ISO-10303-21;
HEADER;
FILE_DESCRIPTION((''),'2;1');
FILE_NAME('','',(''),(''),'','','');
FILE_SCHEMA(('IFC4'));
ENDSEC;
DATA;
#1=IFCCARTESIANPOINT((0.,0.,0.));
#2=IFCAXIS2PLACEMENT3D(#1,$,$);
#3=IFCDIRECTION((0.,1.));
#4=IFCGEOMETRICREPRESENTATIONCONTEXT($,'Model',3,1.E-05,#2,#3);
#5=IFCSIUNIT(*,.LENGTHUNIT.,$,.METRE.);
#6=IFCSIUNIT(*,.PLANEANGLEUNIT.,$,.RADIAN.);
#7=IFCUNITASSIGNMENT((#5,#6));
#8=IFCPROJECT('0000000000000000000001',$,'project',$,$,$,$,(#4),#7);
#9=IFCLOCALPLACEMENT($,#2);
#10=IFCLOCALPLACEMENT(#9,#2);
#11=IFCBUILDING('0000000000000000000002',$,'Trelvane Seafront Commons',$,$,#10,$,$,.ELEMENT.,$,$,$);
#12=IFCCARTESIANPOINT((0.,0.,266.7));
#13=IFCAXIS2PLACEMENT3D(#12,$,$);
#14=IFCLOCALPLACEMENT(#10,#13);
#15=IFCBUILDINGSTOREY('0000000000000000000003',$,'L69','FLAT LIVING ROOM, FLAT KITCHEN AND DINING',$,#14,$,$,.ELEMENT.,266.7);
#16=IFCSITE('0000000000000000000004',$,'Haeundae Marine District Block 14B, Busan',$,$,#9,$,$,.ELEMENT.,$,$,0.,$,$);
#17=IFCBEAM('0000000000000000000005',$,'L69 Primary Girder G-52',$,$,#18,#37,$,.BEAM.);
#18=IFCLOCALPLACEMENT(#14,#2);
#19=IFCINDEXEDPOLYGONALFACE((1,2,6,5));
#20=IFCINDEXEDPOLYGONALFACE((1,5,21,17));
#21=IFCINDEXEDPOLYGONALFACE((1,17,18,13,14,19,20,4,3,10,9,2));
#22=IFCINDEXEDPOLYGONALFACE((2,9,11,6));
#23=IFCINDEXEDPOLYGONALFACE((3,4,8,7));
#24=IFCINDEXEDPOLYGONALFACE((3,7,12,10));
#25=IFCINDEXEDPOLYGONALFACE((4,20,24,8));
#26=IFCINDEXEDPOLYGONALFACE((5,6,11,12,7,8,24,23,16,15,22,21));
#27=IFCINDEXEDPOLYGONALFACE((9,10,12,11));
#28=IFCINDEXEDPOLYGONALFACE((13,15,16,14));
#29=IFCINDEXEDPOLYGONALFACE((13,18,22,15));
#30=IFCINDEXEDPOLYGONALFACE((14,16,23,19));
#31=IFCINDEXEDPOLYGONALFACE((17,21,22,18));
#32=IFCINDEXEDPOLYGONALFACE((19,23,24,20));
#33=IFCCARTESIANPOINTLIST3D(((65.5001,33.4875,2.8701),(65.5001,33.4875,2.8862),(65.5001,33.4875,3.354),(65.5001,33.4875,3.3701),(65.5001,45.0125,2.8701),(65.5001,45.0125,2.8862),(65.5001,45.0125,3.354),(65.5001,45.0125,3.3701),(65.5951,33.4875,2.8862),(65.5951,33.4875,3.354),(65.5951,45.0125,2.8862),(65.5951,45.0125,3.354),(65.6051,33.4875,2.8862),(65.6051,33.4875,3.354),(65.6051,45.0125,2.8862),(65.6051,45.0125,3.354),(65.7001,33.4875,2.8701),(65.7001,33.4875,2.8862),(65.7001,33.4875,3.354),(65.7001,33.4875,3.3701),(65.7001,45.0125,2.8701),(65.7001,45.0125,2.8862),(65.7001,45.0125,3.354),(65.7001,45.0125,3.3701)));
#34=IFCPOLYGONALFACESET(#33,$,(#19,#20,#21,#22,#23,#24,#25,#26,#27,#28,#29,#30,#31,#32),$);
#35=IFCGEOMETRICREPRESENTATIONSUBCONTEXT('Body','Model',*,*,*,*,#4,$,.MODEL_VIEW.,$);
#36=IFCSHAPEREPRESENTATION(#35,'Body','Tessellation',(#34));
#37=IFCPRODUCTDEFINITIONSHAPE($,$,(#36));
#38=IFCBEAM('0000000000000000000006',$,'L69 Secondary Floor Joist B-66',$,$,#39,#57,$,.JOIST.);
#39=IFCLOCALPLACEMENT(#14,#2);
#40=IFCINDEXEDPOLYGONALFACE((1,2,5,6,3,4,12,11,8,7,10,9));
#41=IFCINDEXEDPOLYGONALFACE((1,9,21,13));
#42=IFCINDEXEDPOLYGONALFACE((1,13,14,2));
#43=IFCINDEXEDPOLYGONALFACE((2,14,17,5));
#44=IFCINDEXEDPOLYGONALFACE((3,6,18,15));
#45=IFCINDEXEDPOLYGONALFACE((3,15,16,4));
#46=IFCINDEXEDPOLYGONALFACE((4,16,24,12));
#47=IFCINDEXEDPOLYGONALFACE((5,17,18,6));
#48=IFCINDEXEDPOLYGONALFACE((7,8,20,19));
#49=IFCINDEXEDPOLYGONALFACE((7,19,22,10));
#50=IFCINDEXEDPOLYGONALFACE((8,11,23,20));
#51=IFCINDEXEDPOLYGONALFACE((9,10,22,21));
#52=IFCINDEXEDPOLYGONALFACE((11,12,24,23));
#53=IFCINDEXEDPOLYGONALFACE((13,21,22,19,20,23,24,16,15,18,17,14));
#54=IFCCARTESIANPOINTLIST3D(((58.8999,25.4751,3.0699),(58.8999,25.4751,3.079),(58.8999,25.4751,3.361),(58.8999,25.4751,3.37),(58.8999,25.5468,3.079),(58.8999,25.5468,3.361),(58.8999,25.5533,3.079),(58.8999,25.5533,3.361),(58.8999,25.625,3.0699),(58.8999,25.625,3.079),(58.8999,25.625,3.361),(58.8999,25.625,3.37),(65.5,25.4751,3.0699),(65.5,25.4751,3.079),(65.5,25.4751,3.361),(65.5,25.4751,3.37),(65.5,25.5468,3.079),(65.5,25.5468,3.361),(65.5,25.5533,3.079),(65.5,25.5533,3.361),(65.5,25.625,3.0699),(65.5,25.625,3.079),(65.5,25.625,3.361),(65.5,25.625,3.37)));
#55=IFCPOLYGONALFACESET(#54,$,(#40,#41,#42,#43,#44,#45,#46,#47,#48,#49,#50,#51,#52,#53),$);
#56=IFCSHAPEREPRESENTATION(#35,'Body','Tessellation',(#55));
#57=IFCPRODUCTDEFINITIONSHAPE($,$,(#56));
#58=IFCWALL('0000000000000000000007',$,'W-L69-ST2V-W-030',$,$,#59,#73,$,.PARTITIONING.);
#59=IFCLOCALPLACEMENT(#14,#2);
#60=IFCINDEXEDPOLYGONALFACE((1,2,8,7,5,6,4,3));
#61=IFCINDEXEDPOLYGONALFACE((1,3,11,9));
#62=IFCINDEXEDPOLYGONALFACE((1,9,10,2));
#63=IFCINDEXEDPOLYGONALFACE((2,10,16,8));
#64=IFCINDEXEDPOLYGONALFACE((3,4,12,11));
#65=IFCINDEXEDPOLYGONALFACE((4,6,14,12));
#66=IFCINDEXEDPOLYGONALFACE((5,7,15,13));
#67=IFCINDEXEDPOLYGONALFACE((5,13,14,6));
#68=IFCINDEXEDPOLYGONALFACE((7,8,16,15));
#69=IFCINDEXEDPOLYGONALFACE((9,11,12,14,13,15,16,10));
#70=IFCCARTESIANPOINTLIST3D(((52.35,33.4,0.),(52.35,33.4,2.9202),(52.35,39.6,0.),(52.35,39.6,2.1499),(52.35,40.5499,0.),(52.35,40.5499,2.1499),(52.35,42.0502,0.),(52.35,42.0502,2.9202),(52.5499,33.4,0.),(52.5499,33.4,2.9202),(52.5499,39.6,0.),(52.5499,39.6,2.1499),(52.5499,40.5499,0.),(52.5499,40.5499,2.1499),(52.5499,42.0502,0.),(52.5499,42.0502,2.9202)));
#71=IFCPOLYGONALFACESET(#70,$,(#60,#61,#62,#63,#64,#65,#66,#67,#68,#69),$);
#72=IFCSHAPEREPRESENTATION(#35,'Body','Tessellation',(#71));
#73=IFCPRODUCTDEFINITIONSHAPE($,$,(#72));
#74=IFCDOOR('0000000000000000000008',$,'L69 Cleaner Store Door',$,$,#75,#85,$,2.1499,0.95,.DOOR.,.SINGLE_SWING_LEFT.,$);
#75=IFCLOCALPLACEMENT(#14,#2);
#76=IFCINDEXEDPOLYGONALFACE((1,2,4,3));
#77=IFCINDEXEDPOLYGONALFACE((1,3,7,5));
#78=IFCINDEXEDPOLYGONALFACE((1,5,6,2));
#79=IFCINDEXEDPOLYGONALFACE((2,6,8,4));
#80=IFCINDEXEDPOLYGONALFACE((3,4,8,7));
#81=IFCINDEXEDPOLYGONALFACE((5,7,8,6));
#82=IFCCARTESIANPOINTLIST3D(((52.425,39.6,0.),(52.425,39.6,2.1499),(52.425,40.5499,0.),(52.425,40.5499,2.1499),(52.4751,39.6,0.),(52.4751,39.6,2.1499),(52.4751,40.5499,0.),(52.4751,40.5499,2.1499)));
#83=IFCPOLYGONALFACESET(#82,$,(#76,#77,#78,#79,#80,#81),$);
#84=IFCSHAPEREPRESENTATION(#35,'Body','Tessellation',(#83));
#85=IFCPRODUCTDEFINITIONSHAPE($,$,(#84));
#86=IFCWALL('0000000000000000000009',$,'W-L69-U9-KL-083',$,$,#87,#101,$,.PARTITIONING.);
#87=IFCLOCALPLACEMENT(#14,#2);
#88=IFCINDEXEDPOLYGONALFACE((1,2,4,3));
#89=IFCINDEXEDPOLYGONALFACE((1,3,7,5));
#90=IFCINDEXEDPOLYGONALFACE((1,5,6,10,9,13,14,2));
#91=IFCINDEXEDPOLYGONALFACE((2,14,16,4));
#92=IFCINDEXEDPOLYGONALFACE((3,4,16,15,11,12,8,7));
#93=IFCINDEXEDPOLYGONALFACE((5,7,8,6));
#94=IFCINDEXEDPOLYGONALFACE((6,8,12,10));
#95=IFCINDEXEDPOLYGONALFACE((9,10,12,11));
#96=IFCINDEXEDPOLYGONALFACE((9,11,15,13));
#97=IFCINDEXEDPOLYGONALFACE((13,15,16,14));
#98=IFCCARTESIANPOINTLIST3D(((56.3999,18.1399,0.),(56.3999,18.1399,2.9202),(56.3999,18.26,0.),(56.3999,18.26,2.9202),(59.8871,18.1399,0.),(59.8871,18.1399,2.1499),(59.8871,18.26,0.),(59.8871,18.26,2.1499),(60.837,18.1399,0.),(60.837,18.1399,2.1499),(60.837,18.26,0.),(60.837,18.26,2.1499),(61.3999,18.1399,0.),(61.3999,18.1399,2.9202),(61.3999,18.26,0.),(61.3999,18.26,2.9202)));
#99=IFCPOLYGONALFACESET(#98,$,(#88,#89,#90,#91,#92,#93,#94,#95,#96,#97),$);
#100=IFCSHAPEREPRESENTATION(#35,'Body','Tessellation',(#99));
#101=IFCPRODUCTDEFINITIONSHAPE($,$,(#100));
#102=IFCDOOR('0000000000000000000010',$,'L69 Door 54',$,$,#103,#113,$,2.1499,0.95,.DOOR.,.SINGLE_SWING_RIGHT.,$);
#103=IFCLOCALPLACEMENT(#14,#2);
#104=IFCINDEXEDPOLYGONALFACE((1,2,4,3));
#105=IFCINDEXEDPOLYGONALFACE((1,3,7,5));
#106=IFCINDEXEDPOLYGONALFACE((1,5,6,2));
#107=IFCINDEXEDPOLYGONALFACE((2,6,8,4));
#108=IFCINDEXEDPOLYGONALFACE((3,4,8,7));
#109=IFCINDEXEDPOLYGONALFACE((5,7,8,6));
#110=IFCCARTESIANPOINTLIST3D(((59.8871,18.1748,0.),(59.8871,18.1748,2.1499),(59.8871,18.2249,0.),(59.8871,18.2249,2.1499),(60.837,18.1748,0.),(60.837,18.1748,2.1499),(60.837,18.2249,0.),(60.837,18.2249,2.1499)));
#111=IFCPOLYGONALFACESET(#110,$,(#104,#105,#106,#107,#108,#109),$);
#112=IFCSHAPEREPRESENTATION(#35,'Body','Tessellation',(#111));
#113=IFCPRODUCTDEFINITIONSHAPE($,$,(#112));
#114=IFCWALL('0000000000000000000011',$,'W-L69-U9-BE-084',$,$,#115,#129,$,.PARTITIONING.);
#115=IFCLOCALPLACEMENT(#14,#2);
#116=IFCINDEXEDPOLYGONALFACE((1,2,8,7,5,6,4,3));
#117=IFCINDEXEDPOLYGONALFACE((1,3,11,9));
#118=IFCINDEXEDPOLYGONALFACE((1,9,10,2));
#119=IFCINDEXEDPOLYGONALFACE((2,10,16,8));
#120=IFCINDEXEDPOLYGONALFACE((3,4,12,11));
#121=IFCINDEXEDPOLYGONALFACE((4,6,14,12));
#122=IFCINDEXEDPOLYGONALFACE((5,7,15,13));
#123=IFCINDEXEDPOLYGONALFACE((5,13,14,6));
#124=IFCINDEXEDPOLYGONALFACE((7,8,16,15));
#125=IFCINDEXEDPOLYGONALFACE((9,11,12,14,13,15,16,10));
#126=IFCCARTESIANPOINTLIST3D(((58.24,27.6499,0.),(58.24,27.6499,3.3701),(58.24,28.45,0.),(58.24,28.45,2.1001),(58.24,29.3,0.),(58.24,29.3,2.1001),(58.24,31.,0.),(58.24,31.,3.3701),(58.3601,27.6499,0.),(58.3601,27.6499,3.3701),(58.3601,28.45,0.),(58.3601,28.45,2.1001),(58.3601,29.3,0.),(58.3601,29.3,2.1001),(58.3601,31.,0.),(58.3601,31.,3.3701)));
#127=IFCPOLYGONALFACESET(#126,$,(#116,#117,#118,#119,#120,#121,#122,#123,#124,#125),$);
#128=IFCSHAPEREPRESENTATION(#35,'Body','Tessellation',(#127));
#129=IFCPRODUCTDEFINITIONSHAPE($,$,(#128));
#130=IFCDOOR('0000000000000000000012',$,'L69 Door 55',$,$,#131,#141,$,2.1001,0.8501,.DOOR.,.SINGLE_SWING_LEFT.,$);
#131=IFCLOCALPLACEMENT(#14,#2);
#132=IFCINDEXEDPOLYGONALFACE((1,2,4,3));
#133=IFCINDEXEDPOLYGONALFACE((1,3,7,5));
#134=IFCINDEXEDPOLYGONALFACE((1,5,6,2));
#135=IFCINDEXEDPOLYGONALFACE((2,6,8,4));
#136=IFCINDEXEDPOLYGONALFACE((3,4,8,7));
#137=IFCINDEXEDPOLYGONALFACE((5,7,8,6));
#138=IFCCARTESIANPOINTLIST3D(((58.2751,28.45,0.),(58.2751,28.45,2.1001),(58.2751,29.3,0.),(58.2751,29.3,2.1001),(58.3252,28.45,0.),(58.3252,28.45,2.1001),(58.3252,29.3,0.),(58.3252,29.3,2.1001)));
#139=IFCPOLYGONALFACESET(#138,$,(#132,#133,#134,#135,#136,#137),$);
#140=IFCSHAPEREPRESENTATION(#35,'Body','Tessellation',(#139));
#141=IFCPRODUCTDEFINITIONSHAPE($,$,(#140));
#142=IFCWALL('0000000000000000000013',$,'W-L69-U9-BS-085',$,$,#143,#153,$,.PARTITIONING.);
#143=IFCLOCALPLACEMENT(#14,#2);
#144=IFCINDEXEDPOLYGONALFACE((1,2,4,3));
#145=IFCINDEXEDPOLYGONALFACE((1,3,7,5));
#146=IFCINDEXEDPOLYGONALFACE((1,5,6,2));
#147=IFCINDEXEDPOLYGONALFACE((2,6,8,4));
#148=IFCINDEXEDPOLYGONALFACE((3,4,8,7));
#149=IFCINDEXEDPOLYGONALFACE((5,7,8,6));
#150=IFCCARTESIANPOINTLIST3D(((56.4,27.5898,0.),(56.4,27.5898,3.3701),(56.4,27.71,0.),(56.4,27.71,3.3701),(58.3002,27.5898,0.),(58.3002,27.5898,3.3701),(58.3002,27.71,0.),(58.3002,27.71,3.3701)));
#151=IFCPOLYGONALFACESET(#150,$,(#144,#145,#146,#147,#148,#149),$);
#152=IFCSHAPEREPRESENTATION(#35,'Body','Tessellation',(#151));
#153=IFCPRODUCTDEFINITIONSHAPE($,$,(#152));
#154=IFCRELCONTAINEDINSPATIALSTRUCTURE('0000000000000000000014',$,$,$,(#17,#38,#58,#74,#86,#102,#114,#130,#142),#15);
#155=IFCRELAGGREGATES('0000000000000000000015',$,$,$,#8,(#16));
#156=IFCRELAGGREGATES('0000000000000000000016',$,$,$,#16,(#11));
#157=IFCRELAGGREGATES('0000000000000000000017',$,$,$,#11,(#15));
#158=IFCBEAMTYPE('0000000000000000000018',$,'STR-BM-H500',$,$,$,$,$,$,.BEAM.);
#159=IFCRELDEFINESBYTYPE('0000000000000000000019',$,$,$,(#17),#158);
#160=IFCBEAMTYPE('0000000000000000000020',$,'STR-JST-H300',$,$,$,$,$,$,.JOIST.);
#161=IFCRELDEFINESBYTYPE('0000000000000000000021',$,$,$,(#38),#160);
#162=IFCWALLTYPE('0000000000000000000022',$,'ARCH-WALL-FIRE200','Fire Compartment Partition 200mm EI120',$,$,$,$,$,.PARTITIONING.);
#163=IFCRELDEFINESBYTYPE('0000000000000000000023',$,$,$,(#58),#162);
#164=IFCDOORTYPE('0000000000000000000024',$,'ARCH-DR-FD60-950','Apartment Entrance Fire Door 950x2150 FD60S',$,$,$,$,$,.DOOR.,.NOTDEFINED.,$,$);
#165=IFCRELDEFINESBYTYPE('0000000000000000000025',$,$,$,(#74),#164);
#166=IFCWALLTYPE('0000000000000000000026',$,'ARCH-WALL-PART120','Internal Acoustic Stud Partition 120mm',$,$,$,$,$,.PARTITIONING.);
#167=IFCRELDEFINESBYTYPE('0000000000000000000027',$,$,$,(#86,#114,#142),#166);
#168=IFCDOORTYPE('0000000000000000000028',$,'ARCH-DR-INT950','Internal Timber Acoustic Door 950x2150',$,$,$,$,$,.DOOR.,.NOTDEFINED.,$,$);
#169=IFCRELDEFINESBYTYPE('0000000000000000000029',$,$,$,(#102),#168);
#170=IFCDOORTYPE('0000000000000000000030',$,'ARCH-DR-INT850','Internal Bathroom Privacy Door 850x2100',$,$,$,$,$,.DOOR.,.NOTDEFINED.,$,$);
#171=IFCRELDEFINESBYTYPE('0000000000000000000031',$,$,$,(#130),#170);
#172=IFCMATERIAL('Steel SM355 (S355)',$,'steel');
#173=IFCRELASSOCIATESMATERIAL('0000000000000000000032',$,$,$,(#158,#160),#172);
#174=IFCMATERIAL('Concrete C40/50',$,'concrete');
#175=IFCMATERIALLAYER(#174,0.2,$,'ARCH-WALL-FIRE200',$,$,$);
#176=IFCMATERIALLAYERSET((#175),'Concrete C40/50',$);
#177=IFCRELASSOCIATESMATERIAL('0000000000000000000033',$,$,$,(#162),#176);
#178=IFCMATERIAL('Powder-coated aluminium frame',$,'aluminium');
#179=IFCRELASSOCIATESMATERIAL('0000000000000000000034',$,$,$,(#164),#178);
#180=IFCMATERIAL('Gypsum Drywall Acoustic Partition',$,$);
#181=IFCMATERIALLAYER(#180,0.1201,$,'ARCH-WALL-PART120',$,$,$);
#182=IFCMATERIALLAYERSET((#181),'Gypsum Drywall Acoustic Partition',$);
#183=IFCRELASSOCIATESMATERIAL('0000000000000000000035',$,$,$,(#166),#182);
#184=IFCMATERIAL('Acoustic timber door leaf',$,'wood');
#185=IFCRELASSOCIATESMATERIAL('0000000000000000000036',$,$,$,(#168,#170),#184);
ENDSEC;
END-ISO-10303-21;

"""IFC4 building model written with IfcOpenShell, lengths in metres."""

from ifc_helpers import new_model, si_unit, direction, frame, frame_2d, origin, origin_2d, place, context, subcontext, project, spatial, rectangle, i_section, extrude, source, transform, mapped, material, layer, layer_set, material_profile, profile_set, type_object, element, fill, save


model = new_model("IFC4")

# Units and contexts
model_context = context("Model", 3, precision=1e-05, world=origin(), true_north=direction((0.0, 1.0)))
body_context = subcontext(model_context, "Body", "Model", "MODEL_VIEW")
ifc_project = project(units=[si_unit("LENGTHUNIT", "METRE"), si_unit("PLANEANGLEUNIT", "RADIAN")], contexts=[model_context])

# Site, building, storey
site_placement = place(None, origin())
site = spatial("IfcSite", under=ifc_project, at=site_placement, Name="Haeundae Marine District Block 14B, Busan", CompositionType="ELEMENT", RefElevation=0.0)
building_placement = place(site_placement, origin())
building = spatial("IfcBuilding", under=site, at=building_placement, Name="Trelvane Seafront Commons", CompositionType="ELEMENT")
storey_placement = place(building_placement, frame((0.0, 0.0, 266.7)))
storey = spatial("IfcBuildingStorey", under=building, at=storey_placement, Name="L69", Description="FLAT LIVING ROOM, FLAT KITCHEN AND DINING", CompositionType="ELEMENT", Elevation=266.7)

# Shared definitions
ifc_material_1 = material(Name="Steel SM355 (S355)", Category="steel")

# Beams
ifc_material_profile_1 = material_profile(ifc_material_1, i_section(OverallWidth=0.2, OverallDepth=0.5, WebThickness=0.01, FlangeThickness=0.0161, at=origin_2d()), Name="H-500x200x10x16")
ifc_profile_set_1 = profile_set([ifc_material_profile_1], Name="Steel SM355 (S355)")
beam_type_1 = type_object("IfcBeamType", Name="STR-BM-H500", PredefinedType="BEAM", material=ifc_profile_set_1)
shared_shape_1 = source(origin(), body_context, "Body", "SweptSolid", [
    extrude(i_section(OverallWidth=0.2, OverallDepth=0.5, WebThickness=0.01, FlangeThickness=0.0161, at=origin_2d()), origin(), (0.0, 0.0, 1.0), 11.5249),
])
beam_1_placement = place(storey_placement, frame((65.6001, 33.4875, 3.1201), z_axis=(0.0, 1.0, 0.0), x_axis=(-1.0, 0.0, 0.0)))
element("IfcBeam", 1, at=beam_1_placement, inside=storey, type_object=beam_type_1, Name="L69 Primary Girder G-52", PredefinedType="BEAM", context=body_context, shape_type="MappedRepresentation", body=[
    mapped(shared_shape_1, transform((0.0, 0.0, 0.0), x_axis=(1.0, 0.0, 0.0), y_axis=(0.0, 1.0, 0.0), z_axis=(0.0, 0.0, 1.0), scale=1.0)),
])
ifc_material_profile_2 = material_profile(ifc_material_1, i_section(OverallWidth=0.1499, OverallDepth=0.3, WebThickness=0.0066, FlangeThickness=0.009, at=origin_2d()), Name="H-300x150x6.5x9")
ifc_profile_set_2 = profile_set([ifc_material_profile_2], Name="Steel SM355 (S355)")
beam_type_2 = type_object("IfcBeamType", Name="STR-JST-H300", PredefinedType="JOIST", material=ifc_profile_set_2)
shared_shape_2 = source(origin(), body_context, "Body", "SweptSolid", [
    extrude(i_section(OverallWidth=0.1499, OverallDepth=0.3, WebThickness=0.0066, FlangeThickness=0.009, at=origin_2d()), origin(), (0.0, 0.0, 1.0), 6.6001),
])
beam_2_placement = place(storey_placement, frame((58.8999, 25.55, 3.22), z_axis=(1.0, 0.0, 0.0), x_axis=(0.0, 1.0, 0.0)))
element("IfcBeam", 2, at=beam_2_placement, inside=storey, type_object=beam_type_2, Name="L69 Secondary Floor Joist B-66", PredefinedType="JOIST", context=body_context, shape_type="MappedRepresentation", body=[
    mapped(shared_shape_2, transform((0.0, 0.0, 0.0), x_axis=(1.0, 0.0, 0.0), y_axis=(0.0, 1.0, 0.0), z_axis=(0.0, 0.0, 1.0), scale=1.0)),
])

# Walls, openings, doors
ifc_material_2 = material(Name="Concrete C40/50", Category="concrete")
ifc_layer_1 = layer(ifc_material_2, 0.2, Name="ARCH-WALL-FIRE200")
ifc_layer_set_1 = layer_set([ifc_layer_1], Name="Concrete C40/50")
wall_type_1 = type_object("IfcWallType", Name="ARCH-WALL-FIRE200", Description="Fire Compartment Partition 200mm EI120", PredefinedType="PARTITIONING", material=ifc_layer_set_1)
wall_1_placement = place(storey_placement, frame((52.45, 33.3999, 0.0), z_axis=(0.0, 0.0, 1.0), x_axis=(0.0, 1.0, 0.0)))
wall_1 = element("IfcWall", 3, at=wall_1_placement, inside=storey, type_object=wall_type_1, Name="W-L69-ST2V-W-030", PredefinedType="PARTITIONING", context=body_context, shape_type="SweptSolid", body=[
    extrude(rectangle(XDim=8.6501, YDim=0.2, at=frame_2d((4.3252, 0.0))), origin(), (0.0, 0.0, 1.0), 2.9202),
])
opening_1_placement = place(wall_1_placement, frame((6.2, 0.0, 0.0)))
opening_1 = element("IfcOpeningElement", 4, at=opening_1_placement, cuts=wall_1, PredefinedType="OPENING", context=body_context, shape_type="SweptSolid", body=[
    extrude(rectangle(XDim=0.95, YDim=2.1499, at=frame_2d((0.4751, 1.075))), frame((0.0, 0.1099, 0.0), z_axis=(0.0, -1.0, 0.0), x_axis=(1.0, 0.0, 0.0)), (0.0, 0.0, 1.0), 0.22),
])
ifc_material_3 = material(Name="Powder-coated aluminium frame", Category="aluminium")
door_type_1 = type_object("IfcDoorType", Name="ARCH-DR-FD60-950", Description="Apartment Entrance Fire Door 950x2150 FD60S", OperationType="NOTDEFINED", PredefinedType="DOOR", material=ifc_material_3)
shared_shape_3 = source(origin(), body_context, "Body", "SweptSolid", [
    extrude(rectangle(XDim=0.95, YDim=2.1499, at=frame_2d((0.4751, 1.075))), frame((0.0, 0.0249, 0.0), z_axis=(0.0, -1.0, 0.0), x_axis=(1.0, 0.0, 0.0)), (0.0, 0.0, 1.0), 0.05),
])
door_1_placement = place(opening_1_placement, origin())
door_1 = element("IfcDoor", 5, at=door_1_placement, inside=storey, type_object=door_type_1, Name="L69 Cleaner Store Door", OperationType="SINGLE_SWING_LEFT", OverallHeight=2.1499, OverallWidth=0.95, PredefinedType="DOOR", context=body_context, shape_type="MappedRepresentation", body=[
    mapped(shared_shape_3, transform((0.0, 0.0, 0.0), x_axis=(1.0, 0.0, 0.0), y_axis=(0.0, 1.0, 0.0), z_axis=(0.0, 0.0, 1.0), scale=1.0)),
])
fill(opening_1, door_1)
ifc_material_4 = material(Name="Gypsum Drywall Acoustic Partition")
ifc_layer_2 = layer(ifc_material_4, 0.1201, Name="ARCH-WALL-PART120")
ifc_layer_set_2 = layer_set([ifc_layer_2], Name="Gypsum Drywall Acoustic Partition")
wall_type_2 = type_object("IfcWallType", Name="ARCH-WALL-PART120", Description="Internal Acoustic Stud Partition 120mm", PredefinedType="PARTITIONING", material=ifc_layer_set_2)
wall_2_placement = place(storey_placement, frame((56.3999, 18.2, 0.0), z_axis=(0.0, 0.0, 1.0), x_axis=(1.0, 0.0, 0.0)))
wall_2 = element("IfcWall", 6, at=wall_2_placement, inside=storey, type_object=wall_type_2, Name="W-L69-U9-KL-083", PredefinedType="PARTITIONING", context=body_context, shape_type="SweptSolid", body=[
    extrude(rectangle(XDim=5.0, YDim=0.1201, at=frame_2d((2.5, 0.0))), origin(), (0.0, 0.0, 1.0), 2.9202),
])
opening_2_placement = place(wall_2_placement, frame((3.4871, 0.0, 0.0)))
opening_2 = element("IfcOpeningElement", 7, at=opening_2_placement, cuts=wall_2, PredefinedType="OPENING", context=body_context, shape_type="SweptSolid", body=[
    extrude(rectangle(XDim=0.95, YDim=2.1499, at=frame_2d((0.4751, 1.075))), frame((0.0, 0.0701, 0.0), z_axis=(0.0, -1.0, 0.0), x_axis=(1.0, 0.0, 0.0)), (0.0, 0.0, 1.0), 0.1401),
])
ifc_material_5 = material(Name="Acoustic timber door leaf", Category="wood")
door_type_2 = type_object("IfcDoorType", Name="ARCH-DR-INT950", Description="Internal Timber Acoustic Door 950x2150", OperationType="NOTDEFINED", PredefinedType="DOOR", material=ifc_material_5)
door_2_placement = place(opening_2_placement, origin())
door_2 = element("IfcDoor", 8, at=door_2_placement, inside=storey, type_object=door_type_2, Name="L69 Door 54", OperationType="SINGLE_SWING_RIGHT", OverallHeight=2.1499, OverallWidth=0.95, PredefinedType="DOOR", context=body_context, shape_type="MappedRepresentation", body=[
    mapped(shared_shape_3, transform((0.0, 0.0, 0.0), x_axis=(1.0, 0.0, 0.0), y_axis=(0.0, 1.0, 0.0), z_axis=(0.0, 0.0, 1.0), scale=1.0)),
])
fill(opening_2, door_2)
wall_3_placement = place(storey_placement, frame((58.3, 27.6499, 0.0), z_axis=(0.0, 0.0, 1.0), x_axis=(0.0, 1.0, 0.0)))
wall_3 = element("IfcWall", 9, at=wall_3_placement, inside=storey, type_object=wall_type_2, Name="W-L69-U9-BE-084", PredefinedType="PARTITIONING", context=body_context, shape_type="SweptSolid", body=[
    extrude(rectangle(XDim=3.3501, YDim=0.1201, at=frame_2d((1.675, 0.0))), origin(), (0.0, 0.0, 1.0), 3.3701),
])
opening_3_placement = place(wall_3_placement, frame((0.8, 0.0, 0.0)))
opening_3 = element("IfcOpeningElement", 10, at=opening_3_placement, cuts=wall_3, PredefinedType="OPENING", context=body_context, shape_type="SweptSolid", body=[
    extrude(rectangle(XDim=0.8501, YDim=2.1001, at=frame_2d((0.425, 1.05))), frame((0.0, 0.0701, 0.0), z_axis=(0.0, -1.0, 0.0), x_axis=(1.0, 0.0, 0.0)), (0.0, 0.0, 1.0), 0.1401),
])
door_type_3 = type_object("IfcDoorType", Name="ARCH-DR-INT850", Description="Internal Bathroom Privacy Door 850x2100", OperationType="NOTDEFINED", PredefinedType="DOOR", material=ifc_material_5)
shared_shape_4 = source(origin(), body_context, "Body", "SweptSolid", [
    extrude(rectangle(XDim=0.8501, YDim=2.1001, at=frame_2d((0.425, 1.05))), frame((0.0, 0.0249, 0.0), z_axis=(0.0, -1.0, 0.0), x_axis=(1.0, 0.0, 0.0)), (0.0, 0.0, 1.0), 0.05),
])
door_3_placement = place(opening_3_placement, origin())
door_3 = element("IfcDoor", 11, at=door_3_placement, inside=storey, type_object=door_type_3, Name="L69 Door 55", OperationType="SINGLE_SWING_LEFT", OverallHeight=2.1001, OverallWidth=0.8501, PredefinedType="DOOR", context=body_context, shape_type="MappedRepresentation", body=[
    mapped(shared_shape_4, transform((0.0, 0.0, 0.0), x_axis=(1.0, 0.0, 0.0), y_axis=(0.0, 1.0, 0.0), z_axis=(0.0, 0.0, 1.0), scale=1.0)),
])
fill(opening_3, door_3)

# Wall
wall_4_placement = place(storey_placement, frame((56.3999, 27.6499, 0.0), z_axis=(0.0, 0.0, 1.0), x_axis=(1.0, 0.0, 0.0)))
element("IfcWall", 12, at=wall_4_placement, inside=storey, type_object=wall_type_2, Name="W-L69-U9-BS-085", PredefinedType="PARTITIONING", context=body_context, shape_type="SweptSolid", body=[
    extrude(rectangle(XDim=1.9001, YDim=0.1201, at=frame_2d((0.9502, 0.0))), origin(), (0.0, 0.0, 1.0), 3.3701),
])

save(model, "model.ifc")
